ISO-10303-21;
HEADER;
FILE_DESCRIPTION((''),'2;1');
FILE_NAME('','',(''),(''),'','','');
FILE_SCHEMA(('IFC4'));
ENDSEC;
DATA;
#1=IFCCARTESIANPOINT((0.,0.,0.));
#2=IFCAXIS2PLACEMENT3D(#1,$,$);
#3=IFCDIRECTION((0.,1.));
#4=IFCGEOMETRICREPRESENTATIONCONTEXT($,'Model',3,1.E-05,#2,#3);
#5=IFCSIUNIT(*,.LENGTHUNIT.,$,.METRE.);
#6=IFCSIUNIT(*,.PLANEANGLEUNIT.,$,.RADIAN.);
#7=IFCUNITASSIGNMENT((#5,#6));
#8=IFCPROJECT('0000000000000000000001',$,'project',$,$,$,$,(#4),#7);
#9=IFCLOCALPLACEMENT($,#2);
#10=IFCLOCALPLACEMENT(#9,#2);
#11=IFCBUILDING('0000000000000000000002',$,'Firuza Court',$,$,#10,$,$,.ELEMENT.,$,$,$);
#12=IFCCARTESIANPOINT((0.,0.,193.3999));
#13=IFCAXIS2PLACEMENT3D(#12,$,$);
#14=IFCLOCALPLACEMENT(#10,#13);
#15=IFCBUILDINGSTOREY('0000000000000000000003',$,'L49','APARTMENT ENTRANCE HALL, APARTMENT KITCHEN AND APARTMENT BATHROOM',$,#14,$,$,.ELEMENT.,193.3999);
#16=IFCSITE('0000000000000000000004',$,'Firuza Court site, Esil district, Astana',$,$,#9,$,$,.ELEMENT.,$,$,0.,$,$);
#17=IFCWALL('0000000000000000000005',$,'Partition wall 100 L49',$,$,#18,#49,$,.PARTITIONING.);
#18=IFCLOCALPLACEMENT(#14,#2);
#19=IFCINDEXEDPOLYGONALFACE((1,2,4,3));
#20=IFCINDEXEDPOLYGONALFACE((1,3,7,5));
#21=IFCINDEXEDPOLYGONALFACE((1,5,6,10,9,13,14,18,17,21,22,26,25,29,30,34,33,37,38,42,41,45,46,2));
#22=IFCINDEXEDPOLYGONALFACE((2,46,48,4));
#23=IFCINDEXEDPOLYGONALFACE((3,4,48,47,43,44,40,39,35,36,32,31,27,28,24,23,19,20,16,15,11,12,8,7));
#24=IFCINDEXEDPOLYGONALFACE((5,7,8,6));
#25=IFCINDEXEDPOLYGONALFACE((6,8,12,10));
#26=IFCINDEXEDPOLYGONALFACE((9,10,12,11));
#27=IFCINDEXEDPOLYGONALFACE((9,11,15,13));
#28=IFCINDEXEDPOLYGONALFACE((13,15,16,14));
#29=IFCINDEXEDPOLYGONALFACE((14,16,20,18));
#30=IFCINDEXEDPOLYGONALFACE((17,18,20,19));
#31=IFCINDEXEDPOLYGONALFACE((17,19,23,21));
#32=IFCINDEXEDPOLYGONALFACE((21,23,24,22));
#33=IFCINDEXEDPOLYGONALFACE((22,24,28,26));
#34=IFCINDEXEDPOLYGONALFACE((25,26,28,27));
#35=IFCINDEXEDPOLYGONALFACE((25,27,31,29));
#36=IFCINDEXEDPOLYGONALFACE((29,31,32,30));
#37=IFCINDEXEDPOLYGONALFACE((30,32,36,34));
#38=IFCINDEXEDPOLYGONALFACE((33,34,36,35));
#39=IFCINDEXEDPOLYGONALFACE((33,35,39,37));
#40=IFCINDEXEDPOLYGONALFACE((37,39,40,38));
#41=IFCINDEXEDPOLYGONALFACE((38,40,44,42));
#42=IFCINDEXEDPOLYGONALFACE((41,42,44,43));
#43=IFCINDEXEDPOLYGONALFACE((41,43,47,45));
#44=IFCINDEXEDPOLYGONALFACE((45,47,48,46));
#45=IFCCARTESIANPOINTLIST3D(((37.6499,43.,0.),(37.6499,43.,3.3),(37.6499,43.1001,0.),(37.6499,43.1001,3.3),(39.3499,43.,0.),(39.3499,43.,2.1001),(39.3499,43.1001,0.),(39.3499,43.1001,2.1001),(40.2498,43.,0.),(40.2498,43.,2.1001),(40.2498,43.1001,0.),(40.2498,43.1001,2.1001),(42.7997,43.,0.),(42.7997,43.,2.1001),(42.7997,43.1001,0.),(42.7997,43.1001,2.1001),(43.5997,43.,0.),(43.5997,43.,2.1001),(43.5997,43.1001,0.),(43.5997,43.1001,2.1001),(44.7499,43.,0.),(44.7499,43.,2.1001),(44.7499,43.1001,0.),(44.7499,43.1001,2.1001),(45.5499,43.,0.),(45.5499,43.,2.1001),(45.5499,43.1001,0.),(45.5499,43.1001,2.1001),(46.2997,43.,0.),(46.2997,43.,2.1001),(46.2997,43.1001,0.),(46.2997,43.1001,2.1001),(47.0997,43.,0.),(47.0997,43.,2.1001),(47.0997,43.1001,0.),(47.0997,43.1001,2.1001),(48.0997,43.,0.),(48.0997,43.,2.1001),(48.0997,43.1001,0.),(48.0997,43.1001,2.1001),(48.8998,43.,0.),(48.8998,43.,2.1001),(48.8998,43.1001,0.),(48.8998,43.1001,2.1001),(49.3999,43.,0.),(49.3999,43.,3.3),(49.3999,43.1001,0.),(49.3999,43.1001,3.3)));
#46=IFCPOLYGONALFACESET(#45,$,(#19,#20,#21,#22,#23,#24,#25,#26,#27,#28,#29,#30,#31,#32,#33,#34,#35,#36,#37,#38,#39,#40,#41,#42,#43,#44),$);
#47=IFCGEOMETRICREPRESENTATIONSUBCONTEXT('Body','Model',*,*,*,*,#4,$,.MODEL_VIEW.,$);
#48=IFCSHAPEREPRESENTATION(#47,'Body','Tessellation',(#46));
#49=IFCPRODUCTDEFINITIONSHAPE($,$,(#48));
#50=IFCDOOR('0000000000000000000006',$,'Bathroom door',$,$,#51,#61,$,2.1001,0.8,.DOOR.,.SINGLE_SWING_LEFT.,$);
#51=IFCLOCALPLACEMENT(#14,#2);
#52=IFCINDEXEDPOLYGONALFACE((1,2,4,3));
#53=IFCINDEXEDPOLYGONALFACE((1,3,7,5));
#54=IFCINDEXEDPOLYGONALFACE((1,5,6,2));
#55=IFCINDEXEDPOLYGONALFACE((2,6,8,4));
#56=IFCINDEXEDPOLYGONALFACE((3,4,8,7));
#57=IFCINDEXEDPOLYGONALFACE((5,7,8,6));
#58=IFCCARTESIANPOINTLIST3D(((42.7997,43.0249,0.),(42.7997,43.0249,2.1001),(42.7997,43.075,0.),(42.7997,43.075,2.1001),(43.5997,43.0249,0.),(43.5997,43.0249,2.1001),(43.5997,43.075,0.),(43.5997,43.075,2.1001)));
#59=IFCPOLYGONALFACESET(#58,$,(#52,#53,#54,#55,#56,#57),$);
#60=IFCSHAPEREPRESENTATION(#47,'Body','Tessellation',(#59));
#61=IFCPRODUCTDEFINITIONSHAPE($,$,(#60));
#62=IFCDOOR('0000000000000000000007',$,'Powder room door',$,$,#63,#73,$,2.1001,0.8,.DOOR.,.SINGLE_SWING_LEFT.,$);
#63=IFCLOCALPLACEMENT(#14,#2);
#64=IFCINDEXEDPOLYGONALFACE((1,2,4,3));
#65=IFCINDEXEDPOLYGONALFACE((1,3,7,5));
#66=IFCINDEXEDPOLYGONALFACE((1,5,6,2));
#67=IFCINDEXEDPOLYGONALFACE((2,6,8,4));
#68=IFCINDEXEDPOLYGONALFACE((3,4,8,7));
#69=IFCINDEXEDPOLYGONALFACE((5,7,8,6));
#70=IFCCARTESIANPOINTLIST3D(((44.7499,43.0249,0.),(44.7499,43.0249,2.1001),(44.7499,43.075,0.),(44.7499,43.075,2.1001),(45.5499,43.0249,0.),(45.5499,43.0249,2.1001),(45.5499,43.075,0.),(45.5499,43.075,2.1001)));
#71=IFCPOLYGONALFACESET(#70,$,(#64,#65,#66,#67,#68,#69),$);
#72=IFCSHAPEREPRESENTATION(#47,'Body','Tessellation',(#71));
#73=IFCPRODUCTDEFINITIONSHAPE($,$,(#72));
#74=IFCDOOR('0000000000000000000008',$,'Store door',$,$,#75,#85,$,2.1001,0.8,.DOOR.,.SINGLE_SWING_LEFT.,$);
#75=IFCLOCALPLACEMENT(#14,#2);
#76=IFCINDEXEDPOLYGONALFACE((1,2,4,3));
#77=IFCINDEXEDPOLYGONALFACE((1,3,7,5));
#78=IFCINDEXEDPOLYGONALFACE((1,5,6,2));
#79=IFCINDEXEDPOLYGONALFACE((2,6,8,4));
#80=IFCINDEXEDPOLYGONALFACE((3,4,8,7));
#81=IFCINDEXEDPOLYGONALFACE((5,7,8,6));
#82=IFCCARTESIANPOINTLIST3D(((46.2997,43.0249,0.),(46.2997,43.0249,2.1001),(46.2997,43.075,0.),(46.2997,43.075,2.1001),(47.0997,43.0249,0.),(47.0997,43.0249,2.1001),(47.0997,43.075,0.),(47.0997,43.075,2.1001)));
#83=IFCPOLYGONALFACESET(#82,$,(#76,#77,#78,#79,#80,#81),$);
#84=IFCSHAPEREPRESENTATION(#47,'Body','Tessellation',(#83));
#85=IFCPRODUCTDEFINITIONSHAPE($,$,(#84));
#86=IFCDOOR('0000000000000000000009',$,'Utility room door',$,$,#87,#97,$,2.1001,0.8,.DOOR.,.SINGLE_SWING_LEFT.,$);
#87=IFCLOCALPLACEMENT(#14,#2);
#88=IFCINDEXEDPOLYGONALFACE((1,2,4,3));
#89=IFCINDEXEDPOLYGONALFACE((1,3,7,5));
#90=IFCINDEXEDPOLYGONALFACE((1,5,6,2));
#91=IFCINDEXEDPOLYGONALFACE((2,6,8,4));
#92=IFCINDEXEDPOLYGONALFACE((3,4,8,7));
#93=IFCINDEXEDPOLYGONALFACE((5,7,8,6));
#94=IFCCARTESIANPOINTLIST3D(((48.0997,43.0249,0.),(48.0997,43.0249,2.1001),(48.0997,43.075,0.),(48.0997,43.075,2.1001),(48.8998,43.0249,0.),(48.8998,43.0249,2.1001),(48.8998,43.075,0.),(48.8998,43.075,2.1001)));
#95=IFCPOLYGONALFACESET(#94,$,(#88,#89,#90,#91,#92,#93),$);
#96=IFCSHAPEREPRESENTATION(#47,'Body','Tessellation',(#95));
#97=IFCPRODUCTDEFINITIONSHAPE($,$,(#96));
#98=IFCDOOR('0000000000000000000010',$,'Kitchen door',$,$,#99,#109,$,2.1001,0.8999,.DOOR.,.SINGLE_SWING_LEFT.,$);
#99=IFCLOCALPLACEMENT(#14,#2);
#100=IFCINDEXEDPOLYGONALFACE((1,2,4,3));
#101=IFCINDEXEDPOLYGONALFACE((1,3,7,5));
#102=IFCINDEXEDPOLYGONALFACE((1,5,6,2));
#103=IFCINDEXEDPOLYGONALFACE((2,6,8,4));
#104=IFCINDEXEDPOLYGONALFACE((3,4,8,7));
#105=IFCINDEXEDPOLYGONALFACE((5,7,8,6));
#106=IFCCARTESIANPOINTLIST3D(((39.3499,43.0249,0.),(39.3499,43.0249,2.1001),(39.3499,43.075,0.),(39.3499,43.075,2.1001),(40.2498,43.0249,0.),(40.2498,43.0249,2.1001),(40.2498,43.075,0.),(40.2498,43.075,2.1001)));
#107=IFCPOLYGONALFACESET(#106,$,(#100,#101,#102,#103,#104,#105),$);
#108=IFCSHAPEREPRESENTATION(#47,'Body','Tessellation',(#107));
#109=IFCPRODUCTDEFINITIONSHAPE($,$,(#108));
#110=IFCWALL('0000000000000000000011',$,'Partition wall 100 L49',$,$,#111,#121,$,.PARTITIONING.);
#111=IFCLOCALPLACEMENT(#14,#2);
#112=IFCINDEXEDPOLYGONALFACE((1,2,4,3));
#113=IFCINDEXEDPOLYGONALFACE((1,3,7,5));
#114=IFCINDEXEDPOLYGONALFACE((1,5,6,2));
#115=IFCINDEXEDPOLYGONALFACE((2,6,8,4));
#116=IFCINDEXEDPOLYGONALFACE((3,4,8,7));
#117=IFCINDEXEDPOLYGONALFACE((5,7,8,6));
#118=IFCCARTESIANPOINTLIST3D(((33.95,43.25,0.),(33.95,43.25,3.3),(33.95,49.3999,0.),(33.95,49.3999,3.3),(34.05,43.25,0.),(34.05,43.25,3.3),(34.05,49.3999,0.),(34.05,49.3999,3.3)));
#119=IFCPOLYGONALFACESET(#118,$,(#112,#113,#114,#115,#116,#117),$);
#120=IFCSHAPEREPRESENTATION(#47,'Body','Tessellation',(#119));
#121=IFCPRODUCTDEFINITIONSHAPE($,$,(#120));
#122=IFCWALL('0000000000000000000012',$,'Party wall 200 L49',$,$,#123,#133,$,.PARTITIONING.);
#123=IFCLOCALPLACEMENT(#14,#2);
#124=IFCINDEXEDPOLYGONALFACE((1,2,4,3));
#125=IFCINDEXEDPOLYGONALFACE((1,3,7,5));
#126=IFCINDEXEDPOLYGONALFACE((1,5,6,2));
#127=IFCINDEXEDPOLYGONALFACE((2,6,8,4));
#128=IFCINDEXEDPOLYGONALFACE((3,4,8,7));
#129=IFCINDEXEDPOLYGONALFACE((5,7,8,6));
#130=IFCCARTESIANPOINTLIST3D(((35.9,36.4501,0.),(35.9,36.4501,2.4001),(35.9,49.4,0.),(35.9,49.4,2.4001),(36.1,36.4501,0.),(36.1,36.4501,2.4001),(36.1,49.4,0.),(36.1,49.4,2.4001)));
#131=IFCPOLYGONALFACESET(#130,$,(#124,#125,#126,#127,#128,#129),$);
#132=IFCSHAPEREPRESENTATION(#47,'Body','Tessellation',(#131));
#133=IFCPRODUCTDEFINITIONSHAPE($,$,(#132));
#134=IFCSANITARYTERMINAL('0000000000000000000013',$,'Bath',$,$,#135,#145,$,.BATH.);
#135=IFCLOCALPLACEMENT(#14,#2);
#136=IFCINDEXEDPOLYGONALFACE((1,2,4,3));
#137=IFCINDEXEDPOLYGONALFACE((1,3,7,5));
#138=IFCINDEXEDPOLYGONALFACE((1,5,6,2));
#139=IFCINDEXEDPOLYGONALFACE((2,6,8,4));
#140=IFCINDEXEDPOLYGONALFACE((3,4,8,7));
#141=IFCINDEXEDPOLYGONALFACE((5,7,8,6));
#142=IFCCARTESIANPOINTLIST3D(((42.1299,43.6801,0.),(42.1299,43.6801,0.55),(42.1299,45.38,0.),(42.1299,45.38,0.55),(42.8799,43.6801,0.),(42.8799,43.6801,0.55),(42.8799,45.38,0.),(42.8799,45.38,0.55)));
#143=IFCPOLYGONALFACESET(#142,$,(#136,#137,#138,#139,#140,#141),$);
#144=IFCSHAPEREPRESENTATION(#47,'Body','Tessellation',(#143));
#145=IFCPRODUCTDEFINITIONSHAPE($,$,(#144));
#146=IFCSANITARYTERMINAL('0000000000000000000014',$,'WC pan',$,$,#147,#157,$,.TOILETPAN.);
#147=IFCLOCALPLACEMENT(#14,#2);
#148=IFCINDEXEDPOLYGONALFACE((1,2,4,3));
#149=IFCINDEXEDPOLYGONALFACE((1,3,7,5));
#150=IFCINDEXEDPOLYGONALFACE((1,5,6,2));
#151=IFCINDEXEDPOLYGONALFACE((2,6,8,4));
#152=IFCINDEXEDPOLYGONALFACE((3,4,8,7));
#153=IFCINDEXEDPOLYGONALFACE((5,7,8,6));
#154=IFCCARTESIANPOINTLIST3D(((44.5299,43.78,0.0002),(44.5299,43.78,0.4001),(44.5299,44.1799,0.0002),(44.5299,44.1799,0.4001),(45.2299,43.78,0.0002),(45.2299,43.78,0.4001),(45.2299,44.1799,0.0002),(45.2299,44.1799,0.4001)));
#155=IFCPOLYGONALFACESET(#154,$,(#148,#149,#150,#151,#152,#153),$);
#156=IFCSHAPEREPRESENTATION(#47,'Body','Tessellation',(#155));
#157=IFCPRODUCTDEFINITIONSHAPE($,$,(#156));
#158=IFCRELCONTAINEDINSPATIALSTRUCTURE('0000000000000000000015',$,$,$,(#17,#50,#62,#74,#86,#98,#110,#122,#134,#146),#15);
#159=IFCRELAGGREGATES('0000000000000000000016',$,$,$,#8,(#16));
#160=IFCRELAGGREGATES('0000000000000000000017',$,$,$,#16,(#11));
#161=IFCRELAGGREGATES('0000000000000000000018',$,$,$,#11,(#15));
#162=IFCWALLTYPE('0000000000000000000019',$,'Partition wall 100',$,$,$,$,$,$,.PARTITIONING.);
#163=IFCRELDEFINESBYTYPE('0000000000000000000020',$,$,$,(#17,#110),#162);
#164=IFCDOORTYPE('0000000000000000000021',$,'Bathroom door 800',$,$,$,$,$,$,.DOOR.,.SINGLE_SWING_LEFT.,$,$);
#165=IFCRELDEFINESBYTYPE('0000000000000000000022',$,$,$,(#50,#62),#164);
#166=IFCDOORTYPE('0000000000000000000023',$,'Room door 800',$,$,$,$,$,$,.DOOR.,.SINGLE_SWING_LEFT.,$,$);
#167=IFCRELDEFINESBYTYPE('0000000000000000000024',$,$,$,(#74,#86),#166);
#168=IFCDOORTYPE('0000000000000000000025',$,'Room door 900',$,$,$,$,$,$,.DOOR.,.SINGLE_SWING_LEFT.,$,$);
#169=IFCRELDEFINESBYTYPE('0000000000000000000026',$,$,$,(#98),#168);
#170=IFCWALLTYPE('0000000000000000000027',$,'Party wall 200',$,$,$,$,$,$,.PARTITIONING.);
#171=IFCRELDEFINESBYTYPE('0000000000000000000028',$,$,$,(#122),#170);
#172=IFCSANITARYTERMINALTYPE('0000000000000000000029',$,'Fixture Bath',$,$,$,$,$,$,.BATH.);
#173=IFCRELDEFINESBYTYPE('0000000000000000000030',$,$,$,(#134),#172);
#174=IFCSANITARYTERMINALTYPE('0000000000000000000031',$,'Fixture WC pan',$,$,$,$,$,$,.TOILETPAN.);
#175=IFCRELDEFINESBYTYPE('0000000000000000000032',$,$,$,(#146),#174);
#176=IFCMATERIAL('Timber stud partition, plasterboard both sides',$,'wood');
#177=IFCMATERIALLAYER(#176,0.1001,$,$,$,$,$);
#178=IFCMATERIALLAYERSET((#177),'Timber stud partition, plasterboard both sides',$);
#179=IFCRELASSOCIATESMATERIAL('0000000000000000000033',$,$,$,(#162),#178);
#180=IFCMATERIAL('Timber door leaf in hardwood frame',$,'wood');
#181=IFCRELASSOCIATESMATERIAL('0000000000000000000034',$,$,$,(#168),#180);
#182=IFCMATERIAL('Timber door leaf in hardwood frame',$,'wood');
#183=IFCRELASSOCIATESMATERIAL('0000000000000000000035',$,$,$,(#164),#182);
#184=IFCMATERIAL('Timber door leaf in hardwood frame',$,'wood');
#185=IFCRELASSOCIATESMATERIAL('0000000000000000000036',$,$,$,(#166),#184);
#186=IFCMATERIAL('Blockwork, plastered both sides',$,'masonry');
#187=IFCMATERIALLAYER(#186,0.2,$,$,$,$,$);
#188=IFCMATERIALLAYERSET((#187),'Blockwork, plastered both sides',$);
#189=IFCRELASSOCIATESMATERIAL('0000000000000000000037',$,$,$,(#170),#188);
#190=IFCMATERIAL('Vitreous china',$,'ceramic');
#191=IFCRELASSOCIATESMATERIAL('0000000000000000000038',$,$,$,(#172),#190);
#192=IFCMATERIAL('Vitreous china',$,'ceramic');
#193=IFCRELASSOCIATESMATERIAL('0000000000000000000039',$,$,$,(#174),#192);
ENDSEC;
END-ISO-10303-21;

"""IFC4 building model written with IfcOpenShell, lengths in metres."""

from ifc_helpers import new_model, si_unit, direction, frame, frame_2d, origin, origin_2d, place, context, subcontext, project, spatial, rectangle, extrude, material, layer, layer_set, type_object, element, fill, save


model = new_model("IFC4")

# Units and contexts
model_context = context("Model", 3, precision=1e-05, world=origin(), true_north=direction((0.0, 1.0)))
body_context = subcontext(model_context, "Body", "Model", "MODEL_VIEW")
ifc_project = project(units=[si_unit("LENGTHUNIT", "METRE"), si_unit("PLANEANGLEUNIT", "RADIAN")], contexts=[model_context])

# Site, building, storey
site_placement = place(None, origin())
site = spatial("IfcSite", under=ifc_project, at=site_placement, Name="Firuza Court site, Esil district, Astana", CompositionType="ELEMENT", RefElevation=0.0)
building_placement = place(site_placement, origin())
building = spatial("IfcBuilding", under=site, at=building_placement, Name="Firuza Court", CompositionType="ELEMENT")
storey_placement = place(building_placement, frame((0.0, 0.0, 193.3999)))
storey = spatial("IfcBuildingStorey", under=building, at=storey_placement, Name="L49", Description="APARTMENT ENTRANCE HALL, APARTMENT KITCHEN AND APARTMENT BATHROOM", CompositionType="ELEMENT", Elevation=193.3999)

# Shared definitions
ifc_material_1 = material(Name="Timber stud partition, plasterboard both sides", Category="wood")
ifc_layer_1 = layer(ifc_material_1, 0.1001)
ifc_layer_set_1 = layer_set([ifc_layer_1], Name="Timber stud partition, plasterboard both sides")
wall_type_1 = type_object("IfcWallType", Name="Partition wall 100", PredefinedType="PARTITIONING", material=ifc_layer_set_1)

# Shared definitions
ifc_material_2 = material(Name="Timber door leaf in hardwood frame", Category="wood")
door_type_1 = type_object("IfcDoorType", Name="Room door 900", OperationType="SINGLE_SWING_LEFT", PredefinedType="DOOR", material=ifc_material_2)

# Wall, openings, doors
wall_1_placement = place(storey_placement, frame((37.6499, 43.05, 0.0), z_axis=(0.0, 0.0, 1.0), x_axis=(1.0, 0.0, 0.0)))
wall_1 = element("IfcWall", 1, at=wall_1_placement, inside=storey, type_object=wall_type_1, Name="Partition wall 100 L49", PredefinedType="PARTITIONING", context=body_context, shape_type="SweptSolid", body=[
    extrude(rectangle(XDim=11.75, YDim=0.1001, at=frame_2d((5.875, 0.0))), origin(), (0.0, 0.0, 1.0), 3.3),
])
opening_1_placement = place(wall_1_placement, frame((5.1499, 0.0, 0.0)))
opening_1 = element("IfcOpeningElement", 2, at=opening_1_placement, cuts=wall_1, PredefinedType="OPENING", context=body_context, shape_type="SweptSolid", body=[
    extrude(rectangle(XDim=0.8, YDim=2.1001, at=frame_2d((0.3999, 1.05))), frame((0.0, 0.062, 0.0), z_axis=(0.0, -1.0, 0.0), x_axis=(1.0, 0.0, 0.0)), (0.0, 0.0, 1.0), 0.124),
])
opening_2_placement = place(wall_1_placement, frame((1.7, 0.0, 0.0)))
opening_2 = element("IfcOpeningElement", 3, at=opening_2_placement, cuts=wall_1, PredefinedType="OPENING", context=body_context, shape_type="SweptSolid", body=[
    extrude(rectangle(XDim=0.8999, YDim=2.1001, at=frame_2d((0.45, 1.05))), frame((0.0, 0.062, 0.0), z_axis=(0.0, -1.0, 0.0), x_axis=(1.0, 0.0, 0.0)), (0.0, 0.0, 1.0), 0.124),
])
opening_3_placement = place(wall_1_placement, frame((8.6499, 0.0, 0.0)))
opening_3 = element("IfcOpeningElement", 4, at=opening_3_placement, cuts=wall_1, PredefinedType="OPENING", context=body_context, shape_type="SweptSolid", body=[
    extrude(rectangle(XDim=0.8, YDim=2.1001, at=frame_2d((0.3999, 1.05))), frame((0.0, 0.062, 0.0), z_axis=(0.0, -1.0, 0.0), x_axis=(1.0, 0.0, 0.0)), (0.0, 0.0, 1.0), 0.124),
])
opening_4_placement = place(wall_1_placement, frame((10.45, 0.0, 0.0)))
opening_4 = element("IfcOpeningElement", 5, at=opening_4_placement, cuts=wall_1, PredefinedType="OPENING", context=body_context, shape_type="SweptSolid", body=[
    extrude(rectangle(XDim=0.8, YDim=2.1001, at=frame_2d((0.3999, 1.05))), frame((0.0, 0.062, 0.0), z_axis=(0.0, -1.0, 0.0), x_axis=(1.0, 0.0, 0.0)), (0.0, 0.0, 1.0), 0.124),
])
opening_5_placement = place(wall_1_placement, frame((7.1001, 0.0, 0.0)))
opening_5 = element("IfcOpeningElement", 6, at=opening_5_placement, cuts=wall_1, PredefinedType="OPENING", context=body_context, shape_type="SweptSolid", body=[
    extrude(rectangle(XDim=0.8, YDim=2.1001, at=frame_2d((0.3999, 1.05))), frame((0.0, 0.062, 0.0), z_axis=(0.0, -1.0, 0.0), x_axis=(1.0, 0.0, 0.0)), (0.0, 0.0, 1.0), 0.124),
])
ifc_material_3 = material(Name="Timber door leaf in hardwood frame", Category="wood")
door_type_2 = type_object("IfcDoorType", Name="Bathroom door 800", OperationType="SINGLE_SWING_LEFT", PredefinedType="DOOR", material=ifc_material_3)
door_1_placement = place(opening_1_placement, origin())
door_1 = element("IfcDoor", 7, at=door_1_placement, inside=storey, type_object=door_type_2, Name="Bathroom door", OperationType="SINGLE_SWING_LEFT", OverallHeight=2.1001, OverallWidth=0.8, PredefinedType="DOOR", context=body_context, shape_type="SweptSolid", body=[
    extrude(rectangle(XDim=0.8, YDim=2.1001, at=frame_2d((0.3999, 1.05))), frame((0.0, 0.0249, 0.0), z_axis=(0.0, -1.0, 0.0), x_axis=(1.0, 0.0, 0.0)), (0.0, 0.0, 1.0), 0.05),
])
fill(opening_1, door_1)
door_2_placement = place(opening_5_placement, origin())
door_2 = element("IfcDoor", 8, at=door_2_placement, inside=storey, type_object=door_type_2, Name="Powder room door", OperationType="SINGLE_SWING_LEFT", OverallHeight=2.1001, OverallWidth=0.8, PredefinedType="DOOR", context=body_context, shape_type="SweptSolid", body=[
    extrude(rectangle(XDim=0.8, YDim=2.1001, at=frame_2d((0.3999, 1.05))), frame((0.0, 0.0249, 0.0), z_axis=(0.0, -1.0, 0.0), x_axis=(1.0, 0.0, 0.0)), (0.0, 0.0, 1.0), 0.05),
])
fill(opening_5, door_2)
ifc_material_4 = material(Name="Timber door leaf in hardwood frame", Category="wood")
door_type_3 = type_object("IfcDoorType", Name="Room door 800", OperationType="SINGLE_SWING_LEFT", PredefinedType="DOOR", material=ifc_material_4)
door_3_placement = place(opening_3_placement, origin())
door_3 = element("IfcDoor", 9, at=door_3_placement, inside=storey, type_object=door_type_3, Name="Store door", OperationType="SINGLE_SWING_LEFT", OverallHeight=2.1001, OverallWidth=0.8, PredefinedType="DOOR", context=body_context, shape_type="SweptSolid", body=[
    extrude(rectangle(XDim=0.8, YDim=2.1001, at=frame_2d((0.3999, 1.05))), frame((0.0, 0.0249, 0.0), z_axis=(0.0, -1.0, 0.0), x_axis=(1.0, 0.0, 0.0)), (0.0, 0.0, 1.0), 0.05),
])
fill(opening_3, door_3)
door_4_placement = place(opening_4_placement, origin())
door_4 = element("IfcDoor", 10, at=door_4_placement, inside=storey, type_object=door_type_3, Name="Utility room door", OperationType="SINGLE_SWING_LEFT", OverallHeight=2.1001, OverallWidth=0.8, PredefinedType="DOOR", context=body_context, shape_type="SweptSolid", body=[
    extrude(rectangle(XDim=0.8, YDim=2.1001, at=frame_2d((0.3999, 1.05))), frame((0.0, 0.0249, 0.0), z_axis=(0.0, -1.0, 0.0), x_axis=(1.0, 0.0, 0.0)), (0.0, 0.0, 1.0), 0.05),
])
fill(opening_4, door_4)
door_5_placement = place(opening_2_placement, origin())
door_5 = element("IfcDoor", 11, at=door_5_placement, inside=storey, type_object=door_type_1, Name="Kitchen door", OperationType="SINGLE_SWING_LEFT", OverallHeight=2.1001, OverallWidth=0.8999, PredefinedType="DOOR", context=body_context, shape_type="SweptSolid", body=[
    extrude(rectangle(XDim=0.8999, YDim=2.1001, at=frame_2d((0.45, 1.05))), frame((0.0, 0.0249, 0.0), z_axis=(0.0, -1.0, 0.0), x_axis=(1.0, 0.0, 0.0)), (0.0, 0.0, 1.0), 0.05),
])
fill(opening_2, door_5)

# Walls
wall_2_placement = place(storey_placement, frame((34.0, 43.25, 0.0), z_axis=(0.0, 0.0, 1.0), x_axis=(0.0, 1.0, 0.0)))
element("IfcWall", 12, at=wall_2_placement, inside=storey, type_object=wall_type_1, Name="Partition wall 100 L49", PredefinedType="PARTITIONING", context=body_context, shape_type="SweptSolid", body=[
    extrude(rectangle(XDim=6.1499, YDim=0.1001, at=frame_2d((3.075, 0.0))), origin(), (0.0, 0.0, 1.0), 3.3),
])
ifc_material_5 = material(Name="Blockwork, plastered both sides", Category="masonry")
ifc_layer_2 = layer(ifc_material_5, 0.2)
ifc_layer_set_2 = layer_set([ifc_layer_2], Name="Blockwork, plastered both sides")
wall_type_2 = type_object("IfcWallType", Name="Party wall 200", PredefinedType="PARTITIONING", material=ifc_layer_set_2)
wall_3_placement = place(storey_placement, frame((36.0, 36.45, 0.0), z_axis=(0.0, 0.0, 1.0), x_axis=(0.0, 1.0, 0.0)))
element("IfcWall", 13, at=wall_3_placement, inside=storey, type_object=wall_type_2, Name="Party wall 200 L49", PredefinedType="PARTITIONING", context=body_context, shape_type="SweptSolid", body=[
    extrude(rectangle(XDim=12.95, YDim=0.2, at=frame_2d((6.4751, 0.0))), origin(), (0.0, 0.0, 1.0), 2.4001),
])

# Sanitary terminals
ifc_material_6 = material(Name="Vitreous china", Category="ceramic")
sanitary_terminal_type_1 = type_object("IfcSanitaryTerminalType", Name="Fixture Bath", PredefinedType="BATH", material=ifc_material_6)
sanitary_terminal_1_placement = place(storey_placement, frame((42.5049, 44.53, 0.0), z_axis=(0.0, 0.0, 1.0), x_axis=(1.0, 0.0, 0.0)))
element("IfcSanitaryTerminal", 14, at=sanitary_terminal_1_placement, inside=storey, type_object=sanitary_terminal_type_1, Name="Bath", PredefinedType="BATH", context=body_context, shape_type="SweptSolid", body=[
    extrude(rectangle(XDim=0.75, YDim=1.7, at=origin_2d()), origin(), (0.0, 0.0, 1.0), 0.55),
])
ifc_material_7 = material(Name="Vitreous china", Category="ceramic")
sanitary_terminal_type_2 = type_object("IfcSanitaryTerminalType", Name="Fixture WC pan", PredefinedType="TOILETPAN", material=ifc_material_7)
sanitary_terminal_2_placement = place(storey_placement, frame((44.8799, 43.98, 0.0002), z_axis=(0.0, 0.0, 1.0), x_axis=(1.0, 0.0, 0.0)))
element("IfcSanitaryTerminal", 15, at=sanitary_terminal_2_placement, inside=storey, type_object=sanitary_terminal_type_2, Name="WC pan", PredefinedType="TOILETPAN", context=body_context, shape_type="SweptSolid", body=[
    extrude(rectangle(XDim=0.7, YDim=0.3999, at=origin_2d()), origin(), (0.0, 0.0, 1.0), 0.3999),
])

save(model, "model.ifc")
